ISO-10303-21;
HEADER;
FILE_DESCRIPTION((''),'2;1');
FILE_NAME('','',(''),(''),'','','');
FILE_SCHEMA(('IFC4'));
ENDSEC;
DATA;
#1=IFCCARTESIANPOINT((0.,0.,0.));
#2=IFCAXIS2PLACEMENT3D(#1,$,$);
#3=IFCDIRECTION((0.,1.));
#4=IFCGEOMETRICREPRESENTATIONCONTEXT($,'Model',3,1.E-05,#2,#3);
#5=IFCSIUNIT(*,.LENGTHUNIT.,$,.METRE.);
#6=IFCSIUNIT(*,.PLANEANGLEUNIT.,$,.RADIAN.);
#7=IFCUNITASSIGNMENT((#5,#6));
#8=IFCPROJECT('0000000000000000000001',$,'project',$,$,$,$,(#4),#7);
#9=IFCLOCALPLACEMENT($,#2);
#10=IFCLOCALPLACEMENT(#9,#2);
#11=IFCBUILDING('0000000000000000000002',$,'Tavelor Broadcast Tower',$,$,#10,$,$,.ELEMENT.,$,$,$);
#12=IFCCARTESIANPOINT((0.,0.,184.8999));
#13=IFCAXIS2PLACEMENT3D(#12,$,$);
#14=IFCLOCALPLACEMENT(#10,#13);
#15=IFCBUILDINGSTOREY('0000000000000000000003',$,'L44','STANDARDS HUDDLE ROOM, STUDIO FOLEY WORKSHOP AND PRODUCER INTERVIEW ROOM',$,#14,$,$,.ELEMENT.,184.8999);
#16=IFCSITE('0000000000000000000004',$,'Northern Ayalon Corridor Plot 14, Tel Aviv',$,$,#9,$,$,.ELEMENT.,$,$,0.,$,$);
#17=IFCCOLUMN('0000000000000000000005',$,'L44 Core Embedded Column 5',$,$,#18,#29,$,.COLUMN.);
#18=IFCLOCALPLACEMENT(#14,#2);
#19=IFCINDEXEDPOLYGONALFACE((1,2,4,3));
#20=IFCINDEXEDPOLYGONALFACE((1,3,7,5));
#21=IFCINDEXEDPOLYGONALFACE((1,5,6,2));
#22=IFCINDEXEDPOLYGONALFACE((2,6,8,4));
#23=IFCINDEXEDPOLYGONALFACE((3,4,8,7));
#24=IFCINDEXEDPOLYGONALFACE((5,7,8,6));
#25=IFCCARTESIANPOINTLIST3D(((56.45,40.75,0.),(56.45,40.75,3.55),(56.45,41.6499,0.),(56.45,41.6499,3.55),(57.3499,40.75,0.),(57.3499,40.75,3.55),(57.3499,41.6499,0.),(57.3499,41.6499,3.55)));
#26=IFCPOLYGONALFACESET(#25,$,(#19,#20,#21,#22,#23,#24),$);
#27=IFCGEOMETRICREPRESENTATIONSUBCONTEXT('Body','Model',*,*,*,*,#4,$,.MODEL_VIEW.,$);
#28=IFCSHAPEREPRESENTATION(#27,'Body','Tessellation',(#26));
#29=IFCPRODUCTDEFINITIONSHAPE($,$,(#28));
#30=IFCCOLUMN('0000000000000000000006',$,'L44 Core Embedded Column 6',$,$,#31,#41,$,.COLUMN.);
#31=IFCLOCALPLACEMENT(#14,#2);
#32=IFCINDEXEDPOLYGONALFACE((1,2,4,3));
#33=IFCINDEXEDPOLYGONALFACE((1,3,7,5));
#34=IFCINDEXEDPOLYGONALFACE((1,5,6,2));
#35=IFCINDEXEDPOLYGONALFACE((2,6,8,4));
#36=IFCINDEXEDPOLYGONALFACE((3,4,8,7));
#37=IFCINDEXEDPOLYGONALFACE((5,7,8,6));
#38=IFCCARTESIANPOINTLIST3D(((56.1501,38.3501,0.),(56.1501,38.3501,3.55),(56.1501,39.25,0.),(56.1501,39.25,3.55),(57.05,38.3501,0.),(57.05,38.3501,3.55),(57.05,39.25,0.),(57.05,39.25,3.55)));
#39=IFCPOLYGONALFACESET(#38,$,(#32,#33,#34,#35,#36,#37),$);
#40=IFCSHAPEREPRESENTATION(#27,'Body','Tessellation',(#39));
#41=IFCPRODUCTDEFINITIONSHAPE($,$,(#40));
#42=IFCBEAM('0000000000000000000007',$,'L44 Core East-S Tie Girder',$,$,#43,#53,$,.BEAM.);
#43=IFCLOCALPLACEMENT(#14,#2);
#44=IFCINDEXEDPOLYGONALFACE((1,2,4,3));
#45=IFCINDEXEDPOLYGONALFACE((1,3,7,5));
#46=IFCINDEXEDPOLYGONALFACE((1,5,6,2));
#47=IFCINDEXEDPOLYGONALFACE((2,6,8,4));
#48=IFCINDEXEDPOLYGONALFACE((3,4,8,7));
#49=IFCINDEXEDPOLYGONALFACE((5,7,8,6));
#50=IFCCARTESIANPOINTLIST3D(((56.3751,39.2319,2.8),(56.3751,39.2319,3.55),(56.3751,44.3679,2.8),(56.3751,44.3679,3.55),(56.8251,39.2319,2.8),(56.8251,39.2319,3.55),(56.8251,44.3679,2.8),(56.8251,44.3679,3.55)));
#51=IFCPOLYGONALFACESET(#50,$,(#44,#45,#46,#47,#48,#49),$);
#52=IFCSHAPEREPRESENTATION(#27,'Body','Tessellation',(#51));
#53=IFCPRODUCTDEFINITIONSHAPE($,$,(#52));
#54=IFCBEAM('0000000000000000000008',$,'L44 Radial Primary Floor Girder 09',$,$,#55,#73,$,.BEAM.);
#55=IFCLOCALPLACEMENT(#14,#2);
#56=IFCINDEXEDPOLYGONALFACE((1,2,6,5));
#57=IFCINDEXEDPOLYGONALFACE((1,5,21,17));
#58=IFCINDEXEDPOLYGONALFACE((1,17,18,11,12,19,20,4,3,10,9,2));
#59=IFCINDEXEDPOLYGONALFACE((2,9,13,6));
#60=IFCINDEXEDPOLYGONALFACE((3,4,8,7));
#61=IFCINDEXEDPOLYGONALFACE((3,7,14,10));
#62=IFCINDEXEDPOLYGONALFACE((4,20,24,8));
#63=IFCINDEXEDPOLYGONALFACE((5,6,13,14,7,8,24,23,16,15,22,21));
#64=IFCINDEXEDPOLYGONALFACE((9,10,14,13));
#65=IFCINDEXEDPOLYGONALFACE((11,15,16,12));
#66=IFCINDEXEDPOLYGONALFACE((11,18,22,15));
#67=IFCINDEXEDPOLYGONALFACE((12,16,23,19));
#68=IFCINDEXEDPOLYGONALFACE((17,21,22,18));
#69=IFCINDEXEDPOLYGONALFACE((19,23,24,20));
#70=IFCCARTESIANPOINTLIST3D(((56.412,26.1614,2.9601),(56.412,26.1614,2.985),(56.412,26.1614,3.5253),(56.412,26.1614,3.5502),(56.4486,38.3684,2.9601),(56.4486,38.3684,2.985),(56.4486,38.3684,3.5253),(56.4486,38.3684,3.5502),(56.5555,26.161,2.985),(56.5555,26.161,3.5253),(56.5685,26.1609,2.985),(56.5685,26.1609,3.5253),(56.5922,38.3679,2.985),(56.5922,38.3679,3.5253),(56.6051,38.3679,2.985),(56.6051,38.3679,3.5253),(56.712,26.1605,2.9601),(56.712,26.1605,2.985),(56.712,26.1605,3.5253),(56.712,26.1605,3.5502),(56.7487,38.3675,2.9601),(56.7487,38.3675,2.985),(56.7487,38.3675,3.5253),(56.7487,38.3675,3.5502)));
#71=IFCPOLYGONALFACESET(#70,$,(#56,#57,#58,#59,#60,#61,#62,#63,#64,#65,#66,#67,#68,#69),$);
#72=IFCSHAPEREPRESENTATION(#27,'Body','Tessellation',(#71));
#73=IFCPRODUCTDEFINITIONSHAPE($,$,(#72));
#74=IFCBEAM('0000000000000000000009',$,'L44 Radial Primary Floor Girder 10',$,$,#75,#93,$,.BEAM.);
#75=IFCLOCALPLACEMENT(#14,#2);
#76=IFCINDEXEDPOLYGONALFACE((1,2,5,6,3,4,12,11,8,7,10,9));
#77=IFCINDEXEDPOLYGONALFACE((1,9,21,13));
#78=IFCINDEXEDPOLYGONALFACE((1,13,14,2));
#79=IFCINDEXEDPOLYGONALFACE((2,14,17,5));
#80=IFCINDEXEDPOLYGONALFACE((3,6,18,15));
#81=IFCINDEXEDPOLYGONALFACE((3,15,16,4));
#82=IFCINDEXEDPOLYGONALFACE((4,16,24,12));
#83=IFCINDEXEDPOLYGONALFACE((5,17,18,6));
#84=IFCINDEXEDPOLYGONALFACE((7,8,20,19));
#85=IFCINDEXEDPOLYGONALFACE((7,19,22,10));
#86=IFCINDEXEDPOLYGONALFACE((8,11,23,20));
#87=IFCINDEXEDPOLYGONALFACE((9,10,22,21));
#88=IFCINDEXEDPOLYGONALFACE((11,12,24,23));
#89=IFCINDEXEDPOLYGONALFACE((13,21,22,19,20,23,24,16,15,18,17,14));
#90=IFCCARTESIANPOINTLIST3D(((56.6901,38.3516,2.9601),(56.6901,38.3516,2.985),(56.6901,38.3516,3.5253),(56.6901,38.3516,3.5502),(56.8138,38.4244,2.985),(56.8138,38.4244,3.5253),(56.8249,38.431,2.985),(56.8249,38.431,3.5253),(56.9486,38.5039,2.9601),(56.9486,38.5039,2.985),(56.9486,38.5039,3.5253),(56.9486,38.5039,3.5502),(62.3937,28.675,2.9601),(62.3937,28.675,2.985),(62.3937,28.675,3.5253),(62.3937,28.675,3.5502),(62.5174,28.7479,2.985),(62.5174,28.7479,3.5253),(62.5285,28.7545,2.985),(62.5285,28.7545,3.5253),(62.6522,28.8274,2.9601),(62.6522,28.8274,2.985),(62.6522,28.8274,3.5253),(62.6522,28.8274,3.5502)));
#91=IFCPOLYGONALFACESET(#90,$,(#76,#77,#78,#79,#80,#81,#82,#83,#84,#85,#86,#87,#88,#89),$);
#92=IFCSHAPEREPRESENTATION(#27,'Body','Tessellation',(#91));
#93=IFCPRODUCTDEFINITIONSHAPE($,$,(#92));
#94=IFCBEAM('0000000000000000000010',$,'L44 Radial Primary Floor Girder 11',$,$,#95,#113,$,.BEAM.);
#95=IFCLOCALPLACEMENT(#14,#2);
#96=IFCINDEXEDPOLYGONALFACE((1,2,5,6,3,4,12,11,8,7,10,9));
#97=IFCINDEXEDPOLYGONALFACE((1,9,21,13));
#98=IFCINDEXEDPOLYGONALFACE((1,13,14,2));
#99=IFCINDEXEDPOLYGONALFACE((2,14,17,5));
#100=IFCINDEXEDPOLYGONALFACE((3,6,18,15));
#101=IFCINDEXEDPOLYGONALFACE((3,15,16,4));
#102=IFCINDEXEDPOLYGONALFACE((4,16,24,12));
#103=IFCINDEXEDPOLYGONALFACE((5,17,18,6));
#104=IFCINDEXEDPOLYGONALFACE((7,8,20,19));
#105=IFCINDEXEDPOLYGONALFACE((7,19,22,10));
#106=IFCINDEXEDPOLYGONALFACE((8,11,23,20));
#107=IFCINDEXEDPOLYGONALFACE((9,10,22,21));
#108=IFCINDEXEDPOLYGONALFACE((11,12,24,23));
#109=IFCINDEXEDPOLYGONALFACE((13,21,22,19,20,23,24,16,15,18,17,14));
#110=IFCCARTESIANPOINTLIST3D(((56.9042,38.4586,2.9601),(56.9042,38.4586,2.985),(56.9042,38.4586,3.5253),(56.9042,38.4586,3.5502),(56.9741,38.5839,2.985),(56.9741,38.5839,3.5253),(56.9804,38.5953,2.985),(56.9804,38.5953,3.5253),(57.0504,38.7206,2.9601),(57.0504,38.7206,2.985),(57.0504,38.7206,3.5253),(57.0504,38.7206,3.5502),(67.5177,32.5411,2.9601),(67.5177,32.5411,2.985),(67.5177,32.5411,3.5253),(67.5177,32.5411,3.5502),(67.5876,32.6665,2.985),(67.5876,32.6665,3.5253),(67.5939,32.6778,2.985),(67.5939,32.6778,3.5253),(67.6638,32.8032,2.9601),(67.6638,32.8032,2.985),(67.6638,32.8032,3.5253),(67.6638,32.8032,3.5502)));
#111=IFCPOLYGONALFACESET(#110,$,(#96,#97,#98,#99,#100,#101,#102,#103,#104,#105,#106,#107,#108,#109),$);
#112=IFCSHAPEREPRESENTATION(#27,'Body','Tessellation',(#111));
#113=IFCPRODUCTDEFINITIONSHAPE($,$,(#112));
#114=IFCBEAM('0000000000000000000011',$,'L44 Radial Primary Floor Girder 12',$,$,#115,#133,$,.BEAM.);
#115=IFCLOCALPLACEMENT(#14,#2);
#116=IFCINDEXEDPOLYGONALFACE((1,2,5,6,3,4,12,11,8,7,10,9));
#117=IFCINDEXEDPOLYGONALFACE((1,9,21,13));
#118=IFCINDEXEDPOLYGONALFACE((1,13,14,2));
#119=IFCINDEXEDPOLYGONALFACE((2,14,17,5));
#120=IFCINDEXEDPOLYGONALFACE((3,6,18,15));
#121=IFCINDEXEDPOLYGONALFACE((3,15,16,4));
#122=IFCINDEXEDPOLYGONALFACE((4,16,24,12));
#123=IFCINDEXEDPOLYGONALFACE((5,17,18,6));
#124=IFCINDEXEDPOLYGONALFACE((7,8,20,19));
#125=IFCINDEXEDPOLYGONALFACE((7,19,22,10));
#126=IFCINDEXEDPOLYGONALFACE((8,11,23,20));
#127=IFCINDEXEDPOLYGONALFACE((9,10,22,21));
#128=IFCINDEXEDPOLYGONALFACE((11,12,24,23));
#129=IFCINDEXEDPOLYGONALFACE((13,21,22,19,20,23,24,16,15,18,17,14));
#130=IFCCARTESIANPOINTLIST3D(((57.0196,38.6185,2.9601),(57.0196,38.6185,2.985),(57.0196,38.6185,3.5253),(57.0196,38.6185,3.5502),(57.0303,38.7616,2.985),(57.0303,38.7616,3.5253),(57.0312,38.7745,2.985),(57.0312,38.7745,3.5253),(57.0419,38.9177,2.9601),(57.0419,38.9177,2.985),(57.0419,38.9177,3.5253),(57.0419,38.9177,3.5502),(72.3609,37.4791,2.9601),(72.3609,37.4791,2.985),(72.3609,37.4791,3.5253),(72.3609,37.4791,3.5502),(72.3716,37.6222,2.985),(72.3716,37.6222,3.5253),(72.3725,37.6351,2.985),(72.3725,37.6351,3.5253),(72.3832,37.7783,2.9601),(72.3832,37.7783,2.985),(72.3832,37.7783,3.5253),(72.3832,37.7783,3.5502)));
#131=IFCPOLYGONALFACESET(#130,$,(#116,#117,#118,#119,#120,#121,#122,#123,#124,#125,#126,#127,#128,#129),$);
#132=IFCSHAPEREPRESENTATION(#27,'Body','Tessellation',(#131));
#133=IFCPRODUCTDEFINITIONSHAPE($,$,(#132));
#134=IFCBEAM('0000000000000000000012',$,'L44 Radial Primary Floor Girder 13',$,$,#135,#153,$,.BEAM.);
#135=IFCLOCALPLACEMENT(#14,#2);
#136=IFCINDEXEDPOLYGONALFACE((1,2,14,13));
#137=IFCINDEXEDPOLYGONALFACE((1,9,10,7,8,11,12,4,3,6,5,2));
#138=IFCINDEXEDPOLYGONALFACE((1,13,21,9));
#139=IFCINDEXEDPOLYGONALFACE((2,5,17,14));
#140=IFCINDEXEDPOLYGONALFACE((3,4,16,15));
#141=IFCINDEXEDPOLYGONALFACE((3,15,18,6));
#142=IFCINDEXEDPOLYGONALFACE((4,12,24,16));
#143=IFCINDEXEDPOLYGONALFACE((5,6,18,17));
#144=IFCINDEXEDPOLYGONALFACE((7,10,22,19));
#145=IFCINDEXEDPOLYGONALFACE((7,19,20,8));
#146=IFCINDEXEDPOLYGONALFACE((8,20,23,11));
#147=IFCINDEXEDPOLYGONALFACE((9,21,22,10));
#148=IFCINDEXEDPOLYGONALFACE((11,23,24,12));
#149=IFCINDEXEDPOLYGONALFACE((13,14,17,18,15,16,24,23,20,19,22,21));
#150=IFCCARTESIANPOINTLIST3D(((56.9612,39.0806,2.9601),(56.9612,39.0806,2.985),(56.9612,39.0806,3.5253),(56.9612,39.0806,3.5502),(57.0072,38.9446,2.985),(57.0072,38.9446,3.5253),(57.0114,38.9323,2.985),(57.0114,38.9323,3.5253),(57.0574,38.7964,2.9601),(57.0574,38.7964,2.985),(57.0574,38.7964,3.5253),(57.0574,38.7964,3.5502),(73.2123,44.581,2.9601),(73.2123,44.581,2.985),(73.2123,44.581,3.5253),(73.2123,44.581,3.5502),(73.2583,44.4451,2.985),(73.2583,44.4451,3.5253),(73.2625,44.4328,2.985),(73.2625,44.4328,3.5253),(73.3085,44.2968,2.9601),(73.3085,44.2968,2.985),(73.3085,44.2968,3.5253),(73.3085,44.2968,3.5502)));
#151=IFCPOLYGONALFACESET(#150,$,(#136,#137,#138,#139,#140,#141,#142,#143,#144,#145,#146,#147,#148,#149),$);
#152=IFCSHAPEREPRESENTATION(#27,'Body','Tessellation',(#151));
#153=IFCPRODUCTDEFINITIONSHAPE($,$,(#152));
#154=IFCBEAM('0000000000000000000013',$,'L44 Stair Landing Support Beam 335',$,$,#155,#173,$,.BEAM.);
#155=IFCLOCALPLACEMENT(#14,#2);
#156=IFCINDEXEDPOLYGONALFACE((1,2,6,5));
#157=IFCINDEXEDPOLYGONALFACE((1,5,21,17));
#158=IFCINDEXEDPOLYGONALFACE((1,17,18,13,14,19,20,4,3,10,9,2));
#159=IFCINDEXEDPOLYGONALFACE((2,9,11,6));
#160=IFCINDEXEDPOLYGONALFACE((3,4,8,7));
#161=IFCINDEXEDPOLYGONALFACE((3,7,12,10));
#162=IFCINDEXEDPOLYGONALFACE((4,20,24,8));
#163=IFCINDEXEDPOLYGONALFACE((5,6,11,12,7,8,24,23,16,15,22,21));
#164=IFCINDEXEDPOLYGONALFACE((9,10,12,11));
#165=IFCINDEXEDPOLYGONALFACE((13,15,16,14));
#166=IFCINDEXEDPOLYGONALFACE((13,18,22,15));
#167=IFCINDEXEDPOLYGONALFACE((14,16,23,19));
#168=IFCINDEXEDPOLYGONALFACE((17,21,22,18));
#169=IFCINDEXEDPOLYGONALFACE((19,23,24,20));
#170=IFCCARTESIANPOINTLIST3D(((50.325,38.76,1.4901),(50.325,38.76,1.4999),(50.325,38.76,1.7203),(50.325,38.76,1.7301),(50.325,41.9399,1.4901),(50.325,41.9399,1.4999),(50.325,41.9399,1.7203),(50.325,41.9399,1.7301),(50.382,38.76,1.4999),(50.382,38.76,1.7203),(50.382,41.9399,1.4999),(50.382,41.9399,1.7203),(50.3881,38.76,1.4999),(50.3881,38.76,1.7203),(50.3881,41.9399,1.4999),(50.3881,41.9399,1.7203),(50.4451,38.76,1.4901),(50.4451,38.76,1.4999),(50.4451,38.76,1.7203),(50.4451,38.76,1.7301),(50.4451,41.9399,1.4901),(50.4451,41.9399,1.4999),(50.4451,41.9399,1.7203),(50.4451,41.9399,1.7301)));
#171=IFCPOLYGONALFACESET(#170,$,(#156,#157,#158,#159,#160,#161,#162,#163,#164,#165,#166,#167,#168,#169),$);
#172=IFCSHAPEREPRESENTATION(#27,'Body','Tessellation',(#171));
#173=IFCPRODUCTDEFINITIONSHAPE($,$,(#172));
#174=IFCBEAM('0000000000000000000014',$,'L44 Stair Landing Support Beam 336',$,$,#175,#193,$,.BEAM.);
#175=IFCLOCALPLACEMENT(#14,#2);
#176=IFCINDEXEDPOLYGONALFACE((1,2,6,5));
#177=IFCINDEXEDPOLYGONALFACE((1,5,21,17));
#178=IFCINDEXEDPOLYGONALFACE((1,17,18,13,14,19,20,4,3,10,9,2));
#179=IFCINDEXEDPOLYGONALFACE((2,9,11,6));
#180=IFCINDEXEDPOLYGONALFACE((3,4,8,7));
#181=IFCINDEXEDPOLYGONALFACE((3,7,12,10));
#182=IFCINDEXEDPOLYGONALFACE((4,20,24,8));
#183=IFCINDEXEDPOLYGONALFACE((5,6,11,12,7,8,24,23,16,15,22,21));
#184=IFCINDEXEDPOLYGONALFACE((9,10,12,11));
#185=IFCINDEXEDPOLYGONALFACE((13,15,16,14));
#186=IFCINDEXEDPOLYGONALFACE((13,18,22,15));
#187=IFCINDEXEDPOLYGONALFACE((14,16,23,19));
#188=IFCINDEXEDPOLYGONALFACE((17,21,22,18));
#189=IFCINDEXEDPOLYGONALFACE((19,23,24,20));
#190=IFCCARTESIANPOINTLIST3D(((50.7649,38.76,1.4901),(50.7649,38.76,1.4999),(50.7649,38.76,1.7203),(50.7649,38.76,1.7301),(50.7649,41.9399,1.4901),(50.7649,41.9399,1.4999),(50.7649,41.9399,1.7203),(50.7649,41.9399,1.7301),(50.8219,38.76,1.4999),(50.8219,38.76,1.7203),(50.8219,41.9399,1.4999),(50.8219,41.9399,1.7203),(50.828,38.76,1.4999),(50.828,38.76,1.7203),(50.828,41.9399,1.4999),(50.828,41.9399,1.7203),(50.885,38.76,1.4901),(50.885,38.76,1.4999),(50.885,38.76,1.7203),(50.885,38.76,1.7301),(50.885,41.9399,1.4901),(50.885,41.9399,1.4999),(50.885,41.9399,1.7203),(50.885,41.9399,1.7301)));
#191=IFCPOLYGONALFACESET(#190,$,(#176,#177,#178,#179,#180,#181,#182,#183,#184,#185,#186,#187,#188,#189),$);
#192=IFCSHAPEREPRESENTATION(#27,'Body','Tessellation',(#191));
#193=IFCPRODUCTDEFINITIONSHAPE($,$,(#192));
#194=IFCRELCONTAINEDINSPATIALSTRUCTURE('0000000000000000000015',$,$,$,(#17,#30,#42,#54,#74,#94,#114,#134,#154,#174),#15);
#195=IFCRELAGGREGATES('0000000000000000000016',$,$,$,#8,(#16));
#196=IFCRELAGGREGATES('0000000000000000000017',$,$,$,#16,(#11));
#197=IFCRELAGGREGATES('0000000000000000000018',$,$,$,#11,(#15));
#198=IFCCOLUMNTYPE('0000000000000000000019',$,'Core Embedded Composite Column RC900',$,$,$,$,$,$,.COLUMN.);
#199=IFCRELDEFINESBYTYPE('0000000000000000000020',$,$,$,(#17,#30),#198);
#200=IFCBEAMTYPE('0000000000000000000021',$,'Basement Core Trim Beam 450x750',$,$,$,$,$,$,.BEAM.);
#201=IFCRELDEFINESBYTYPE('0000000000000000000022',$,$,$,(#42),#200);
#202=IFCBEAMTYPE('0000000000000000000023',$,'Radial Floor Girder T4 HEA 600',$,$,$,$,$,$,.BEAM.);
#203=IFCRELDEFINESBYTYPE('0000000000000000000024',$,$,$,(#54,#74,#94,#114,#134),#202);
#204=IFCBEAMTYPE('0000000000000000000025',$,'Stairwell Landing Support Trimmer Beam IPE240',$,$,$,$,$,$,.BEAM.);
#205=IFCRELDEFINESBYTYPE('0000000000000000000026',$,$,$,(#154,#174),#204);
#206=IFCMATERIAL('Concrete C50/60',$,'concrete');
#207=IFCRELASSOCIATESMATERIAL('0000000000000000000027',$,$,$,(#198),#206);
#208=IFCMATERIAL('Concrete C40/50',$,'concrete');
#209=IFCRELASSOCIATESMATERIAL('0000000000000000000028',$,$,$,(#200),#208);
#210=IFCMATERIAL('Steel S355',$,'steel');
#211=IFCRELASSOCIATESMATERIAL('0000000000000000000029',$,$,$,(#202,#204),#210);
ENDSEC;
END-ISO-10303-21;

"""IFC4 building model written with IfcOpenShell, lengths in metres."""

from ifc_helpers import new_model, si_unit, direction, frame, origin, origin_2d, place, context, subcontext, project, spatial, rectangle, i_section, extrude, material, material_profile, profile_set, type_object, element, save


model = new_model("IFC4")

# Units and contexts
model_context = context("Model", 3, precision=1e-05, world=origin(), true_north=direction((0.0, 1.0)))
body_context = subcontext(model_context, "Body", "Model", "MODEL_VIEW")
ifc_project = project(units=[si_unit("LENGTHUNIT", "METRE"), si_unit("PLANEANGLEUNIT", "RADIAN")], contexts=[model_context])

# Site, building, storey
site_placement = place(None, origin())
site = spatial("IfcSite", under=ifc_project, at=site_placement, Name="Northern Ayalon Corridor Plot 14, Tel Aviv", CompositionType="ELEMENT", RefElevation=0.0)
building_placement = place(site_placement, origin())
building = spatial("IfcBuilding", under=site, at=building_placement, Name="Tavelor Broadcast Tower", CompositionType="ELEMENT")
storey_placement = place(building_placement, frame((0.0, 0.0, 184.8999)))
storey = spatial("IfcBuildingStorey", under=building, at=storey_placement, Name="L44", Description="STANDARDS HUDDLE ROOM, STUDIO FOLEY WORKSHOP AND PRODUCER INTERVIEW ROOM", CompositionType="ELEMENT", Elevation=184.8999)

# Columns
ifc_material_1 = material(Name="Concrete C50/60", Category="concrete")
ifc_material_profile_1 = material_profile(ifc_material_1, rectangle(XDim=0.8999, YDim=0.8999, at=origin_2d()), Name="RC 900x900")
ifc_profile_set_1 = profile_set([ifc_material_profile_1], Name="Concrete C50/60")
column_type = type_object("IfcColumnType", Name="Core Embedded Composite Column RC900", PredefinedType="COLUMN", material=ifc_profile_set_1)
for number, where, z_axis, x_axis, name in (
    (1, (56.8999, 41.2, 0.0), (0.0, 0.0, 1.0), (1.0, 0.0, 0.0), "L44 Core Embedded Column 5"),
    (2, (56.6001, 38.8, 0.0), (0.0, 0.0, 1.0), (1.0, 0.0, 0.0), "L44 Core Embedded Column 6"),
):
    element("IfcColumn", number, at=place(storey_placement, frame(where, z_axis=z_axis, x_axis=x_axis)), inside=storey, type_object=column_type, Name=name, PredefinedType="COLUMN", context=body_context, shape_type="SweptSolid", body=[
        extrude(rectangle(XDim=0.8999, YDim=0.8999, at=origin_2d()), origin(), (0.0, 0.0, 1.0), 3.55),
    ])

# Beams
ifc_material_2 = material(Name="Concrete C40/50", Category="concrete")
ifc_material_profile_2 = material_profile(ifc_material_2, rectangle(XDim=0.45, YDim=0.75, at=origin_2d()), Name="RC 450x750")
ifc_profile_set_2 = profile_set([ifc_material_profile_2], Name="Concrete C40/50")
beam_type_1 = type_object("IfcBeamType", Name="Basement Core Trim Beam 450x750", PredefinedType="BEAM", material=ifc_profile_set_2)
beam_1_placement = place(storey_placement, frame((56.6001, 39.2319, 3.175), z_axis=(0.0, 1.0, 0.0), x_axis=(-1.0, 0.0, 0.0)))
element("IfcBeam", 3, at=beam_1_placement, inside=storey, type_object=beam_type_1, Name="L44 Core East-S Tie Girder", PredefinedType="BEAM", context=body_context, shape_type="SweptSolid", body=[
    extrude(rectangle(XDim=0.45, YDim=0.75, at=origin_2d()), origin(), (0.0, 0.0, 1.0), 5.136),
])
ifc_material_3 = material(Name="Steel S355", Category="steel")
ifc_material_profile_3 = material_profile(ifc_material_3, i_section(OverallWidth=0.3, OverallDepth=0.5901, WebThickness=0.0129, FlangeThickness=0.0249, at=origin_2d()), Name="HEA 600")
ifc_profile_set_3 = profile_set([ifc_material_profile_3], Name="Steel S355")
beam_type_2 = type_object("IfcBeamType", Name="Radial Floor Girder T4 HEA 600", PredefinedType="BEAM", material=ifc_profile_set_3)
beam_2_placement = place(storey_placement, frame((56.5986, 38.3679, 3.2551), z_axis=(-0.003, -0.999996, 0.0), x_axis=(0.999996, -0.003, 0.0)))
element("IfcBeam", 4, at=beam_2_placement, inside=storey, type_object=beam_type_2, Name="L44 Radial Primary Floor Girder 09", PredefinedType="BEAM", context=body_context, shape_type="SweptSolid", body=[
    extrude(i_section(OverallWidth=0.3, OverallDepth=0.5901, WebThickness=0.0129, FlangeThickness=0.0249, at=origin_2d()), origin(), (0.0, 0.0, 1.0), 12.207),
])
beam_3_placement = place(storey_placement, frame((56.8193, 38.4277, 3.2551), z_axis=(0.507784, -0.861485, 0.0), x_axis=(0.861485, 0.507784, 0.0)))
element("IfcBeam", 5, at=beam_3_placement, inside=storey, type_object=beam_type_2, Name="L44 Radial Primary Floor Girder 10", PredefinedType="BEAM", context=body_context, shape_type="SweptSolid", body=[
    extrude(i_section(OverallWidth=0.3, OverallDepth=0.5901, WebThickness=0.0129, FlangeThickness=0.0249, at=origin_2d()), origin(), (0.0, 0.0, 1.0), 11.2324),
])
beam_4_placement = place(storey_placement, frame((56.9773, 38.5896, 3.2551), z_axis=(0.87342, -0.486968, 0.0), x_axis=(0.486968, 0.87342, 0.0)))
element("IfcBeam", 6, at=beam_4_placement, inside=storey, type_object=beam_type_2, Name="L44 Radial Primary Floor Girder 11", PredefinedType="BEAM", context=body_context, shape_type="SweptSolid", body=[
    extrude(i_section(OverallWidth=0.3, OverallDepth=0.5901, WebThickness=0.0129, FlangeThickness=0.0249, at=origin_2d()), origin(), (0.0, 0.0, 1.0), 12.1516),
])
beam_5_placement = place(storey_placement, frame((57.0308, 38.7681, 3.2551), z_axis=(0.997253, -0.074066, 0.0), x_axis=(0.074066, 0.997253, 0.0)))
element("IfcBeam", 7, at=beam_5_placement, inside=storey, type_object=beam_type_2, Name="L44 Radial Primary Floor Girder 12", PredefinedType="BEAM", context=body_context, shape_type="SweptSolid", body=[
    extrude(i_section(OverallWidth=0.3, OverallDepth=0.5901, WebThickness=0.0129, FlangeThickness=0.0249, at=origin_2d()), origin(), (0.0, 0.0, 1.0), 15.3835),
])
beam_6_placement = place(storey_placement, frame((57.0093, 38.9385, 3.2551), z_axis=(0.947215, 0.3206, 0.0), x_axis=(-0.3206, 0.947215, 0.0)))
element("IfcBeam", 8, at=beam_6_placement, inside=storey, type_object=beam_type_2, Name="L44 Radial Primary Floor Girder 13", PredefinedType="BEAM", context=body_context, shape_type="SweptSolid", body=[
    extrude(i_section(OverallWidth=0.3, OverallDepth=0.5901, WebThickness=0.0129, FlangeThickness=0.0249, at=origin_2d()), origin(), (0.0, 0.0, 1.0), 17.1567),
])
ifc_material_profile_4 = material_profile(ifc_material_3, i_section(OverallWidth=0.1201, OverallDepth=0.24, WebThickness=0.0061, FlangeThickness=0.0098, at=origin_2d()), Name="IPE 240")
ifc_profile_set_4 = profile_set([ifc_material_profile_4], Name="Steel S355")
beam_type_3 = type_object("IfcBeamType", Name="Stairwell Landing Support Trimmer Beam IPE240", PredefinedType="BEAM", material=ifc_profile_set_4)
for number, where, z_axis, x_axis, name in (
    (9, (50.385, 38.76, 1.6101), (0.0, 1.0, 0.0), (-1.0, 0.0, 0.0), "L44 Stair Landing Support Beam 335"),
    (10, (50.825, 38.76, 1.6101), (0.0, 1.0, 0.0), (-1.0, 0.0, 0.0), "L44 Stair Landing Support Beam 336"),
):
    element("IfcBeam", number, at=place(storey_placement, frame(where, z_axis=z_axis, x_axis=x_axis)), inside=storey, type_object=beam_type_3, Name=name, PredefinedType="BEAM", context=body_context, shape_type="SweptSolid", body=[
        extrude(i_section(OverallWidth=0.1201, OverallDepth=0.24, WebThickness=0.0061, FlangeThickness=0.0098, at=origin_2d()), origin(), (0.0, 0.0, 1.0), 3.1799),
    ])

save(model, "model.ifc")
